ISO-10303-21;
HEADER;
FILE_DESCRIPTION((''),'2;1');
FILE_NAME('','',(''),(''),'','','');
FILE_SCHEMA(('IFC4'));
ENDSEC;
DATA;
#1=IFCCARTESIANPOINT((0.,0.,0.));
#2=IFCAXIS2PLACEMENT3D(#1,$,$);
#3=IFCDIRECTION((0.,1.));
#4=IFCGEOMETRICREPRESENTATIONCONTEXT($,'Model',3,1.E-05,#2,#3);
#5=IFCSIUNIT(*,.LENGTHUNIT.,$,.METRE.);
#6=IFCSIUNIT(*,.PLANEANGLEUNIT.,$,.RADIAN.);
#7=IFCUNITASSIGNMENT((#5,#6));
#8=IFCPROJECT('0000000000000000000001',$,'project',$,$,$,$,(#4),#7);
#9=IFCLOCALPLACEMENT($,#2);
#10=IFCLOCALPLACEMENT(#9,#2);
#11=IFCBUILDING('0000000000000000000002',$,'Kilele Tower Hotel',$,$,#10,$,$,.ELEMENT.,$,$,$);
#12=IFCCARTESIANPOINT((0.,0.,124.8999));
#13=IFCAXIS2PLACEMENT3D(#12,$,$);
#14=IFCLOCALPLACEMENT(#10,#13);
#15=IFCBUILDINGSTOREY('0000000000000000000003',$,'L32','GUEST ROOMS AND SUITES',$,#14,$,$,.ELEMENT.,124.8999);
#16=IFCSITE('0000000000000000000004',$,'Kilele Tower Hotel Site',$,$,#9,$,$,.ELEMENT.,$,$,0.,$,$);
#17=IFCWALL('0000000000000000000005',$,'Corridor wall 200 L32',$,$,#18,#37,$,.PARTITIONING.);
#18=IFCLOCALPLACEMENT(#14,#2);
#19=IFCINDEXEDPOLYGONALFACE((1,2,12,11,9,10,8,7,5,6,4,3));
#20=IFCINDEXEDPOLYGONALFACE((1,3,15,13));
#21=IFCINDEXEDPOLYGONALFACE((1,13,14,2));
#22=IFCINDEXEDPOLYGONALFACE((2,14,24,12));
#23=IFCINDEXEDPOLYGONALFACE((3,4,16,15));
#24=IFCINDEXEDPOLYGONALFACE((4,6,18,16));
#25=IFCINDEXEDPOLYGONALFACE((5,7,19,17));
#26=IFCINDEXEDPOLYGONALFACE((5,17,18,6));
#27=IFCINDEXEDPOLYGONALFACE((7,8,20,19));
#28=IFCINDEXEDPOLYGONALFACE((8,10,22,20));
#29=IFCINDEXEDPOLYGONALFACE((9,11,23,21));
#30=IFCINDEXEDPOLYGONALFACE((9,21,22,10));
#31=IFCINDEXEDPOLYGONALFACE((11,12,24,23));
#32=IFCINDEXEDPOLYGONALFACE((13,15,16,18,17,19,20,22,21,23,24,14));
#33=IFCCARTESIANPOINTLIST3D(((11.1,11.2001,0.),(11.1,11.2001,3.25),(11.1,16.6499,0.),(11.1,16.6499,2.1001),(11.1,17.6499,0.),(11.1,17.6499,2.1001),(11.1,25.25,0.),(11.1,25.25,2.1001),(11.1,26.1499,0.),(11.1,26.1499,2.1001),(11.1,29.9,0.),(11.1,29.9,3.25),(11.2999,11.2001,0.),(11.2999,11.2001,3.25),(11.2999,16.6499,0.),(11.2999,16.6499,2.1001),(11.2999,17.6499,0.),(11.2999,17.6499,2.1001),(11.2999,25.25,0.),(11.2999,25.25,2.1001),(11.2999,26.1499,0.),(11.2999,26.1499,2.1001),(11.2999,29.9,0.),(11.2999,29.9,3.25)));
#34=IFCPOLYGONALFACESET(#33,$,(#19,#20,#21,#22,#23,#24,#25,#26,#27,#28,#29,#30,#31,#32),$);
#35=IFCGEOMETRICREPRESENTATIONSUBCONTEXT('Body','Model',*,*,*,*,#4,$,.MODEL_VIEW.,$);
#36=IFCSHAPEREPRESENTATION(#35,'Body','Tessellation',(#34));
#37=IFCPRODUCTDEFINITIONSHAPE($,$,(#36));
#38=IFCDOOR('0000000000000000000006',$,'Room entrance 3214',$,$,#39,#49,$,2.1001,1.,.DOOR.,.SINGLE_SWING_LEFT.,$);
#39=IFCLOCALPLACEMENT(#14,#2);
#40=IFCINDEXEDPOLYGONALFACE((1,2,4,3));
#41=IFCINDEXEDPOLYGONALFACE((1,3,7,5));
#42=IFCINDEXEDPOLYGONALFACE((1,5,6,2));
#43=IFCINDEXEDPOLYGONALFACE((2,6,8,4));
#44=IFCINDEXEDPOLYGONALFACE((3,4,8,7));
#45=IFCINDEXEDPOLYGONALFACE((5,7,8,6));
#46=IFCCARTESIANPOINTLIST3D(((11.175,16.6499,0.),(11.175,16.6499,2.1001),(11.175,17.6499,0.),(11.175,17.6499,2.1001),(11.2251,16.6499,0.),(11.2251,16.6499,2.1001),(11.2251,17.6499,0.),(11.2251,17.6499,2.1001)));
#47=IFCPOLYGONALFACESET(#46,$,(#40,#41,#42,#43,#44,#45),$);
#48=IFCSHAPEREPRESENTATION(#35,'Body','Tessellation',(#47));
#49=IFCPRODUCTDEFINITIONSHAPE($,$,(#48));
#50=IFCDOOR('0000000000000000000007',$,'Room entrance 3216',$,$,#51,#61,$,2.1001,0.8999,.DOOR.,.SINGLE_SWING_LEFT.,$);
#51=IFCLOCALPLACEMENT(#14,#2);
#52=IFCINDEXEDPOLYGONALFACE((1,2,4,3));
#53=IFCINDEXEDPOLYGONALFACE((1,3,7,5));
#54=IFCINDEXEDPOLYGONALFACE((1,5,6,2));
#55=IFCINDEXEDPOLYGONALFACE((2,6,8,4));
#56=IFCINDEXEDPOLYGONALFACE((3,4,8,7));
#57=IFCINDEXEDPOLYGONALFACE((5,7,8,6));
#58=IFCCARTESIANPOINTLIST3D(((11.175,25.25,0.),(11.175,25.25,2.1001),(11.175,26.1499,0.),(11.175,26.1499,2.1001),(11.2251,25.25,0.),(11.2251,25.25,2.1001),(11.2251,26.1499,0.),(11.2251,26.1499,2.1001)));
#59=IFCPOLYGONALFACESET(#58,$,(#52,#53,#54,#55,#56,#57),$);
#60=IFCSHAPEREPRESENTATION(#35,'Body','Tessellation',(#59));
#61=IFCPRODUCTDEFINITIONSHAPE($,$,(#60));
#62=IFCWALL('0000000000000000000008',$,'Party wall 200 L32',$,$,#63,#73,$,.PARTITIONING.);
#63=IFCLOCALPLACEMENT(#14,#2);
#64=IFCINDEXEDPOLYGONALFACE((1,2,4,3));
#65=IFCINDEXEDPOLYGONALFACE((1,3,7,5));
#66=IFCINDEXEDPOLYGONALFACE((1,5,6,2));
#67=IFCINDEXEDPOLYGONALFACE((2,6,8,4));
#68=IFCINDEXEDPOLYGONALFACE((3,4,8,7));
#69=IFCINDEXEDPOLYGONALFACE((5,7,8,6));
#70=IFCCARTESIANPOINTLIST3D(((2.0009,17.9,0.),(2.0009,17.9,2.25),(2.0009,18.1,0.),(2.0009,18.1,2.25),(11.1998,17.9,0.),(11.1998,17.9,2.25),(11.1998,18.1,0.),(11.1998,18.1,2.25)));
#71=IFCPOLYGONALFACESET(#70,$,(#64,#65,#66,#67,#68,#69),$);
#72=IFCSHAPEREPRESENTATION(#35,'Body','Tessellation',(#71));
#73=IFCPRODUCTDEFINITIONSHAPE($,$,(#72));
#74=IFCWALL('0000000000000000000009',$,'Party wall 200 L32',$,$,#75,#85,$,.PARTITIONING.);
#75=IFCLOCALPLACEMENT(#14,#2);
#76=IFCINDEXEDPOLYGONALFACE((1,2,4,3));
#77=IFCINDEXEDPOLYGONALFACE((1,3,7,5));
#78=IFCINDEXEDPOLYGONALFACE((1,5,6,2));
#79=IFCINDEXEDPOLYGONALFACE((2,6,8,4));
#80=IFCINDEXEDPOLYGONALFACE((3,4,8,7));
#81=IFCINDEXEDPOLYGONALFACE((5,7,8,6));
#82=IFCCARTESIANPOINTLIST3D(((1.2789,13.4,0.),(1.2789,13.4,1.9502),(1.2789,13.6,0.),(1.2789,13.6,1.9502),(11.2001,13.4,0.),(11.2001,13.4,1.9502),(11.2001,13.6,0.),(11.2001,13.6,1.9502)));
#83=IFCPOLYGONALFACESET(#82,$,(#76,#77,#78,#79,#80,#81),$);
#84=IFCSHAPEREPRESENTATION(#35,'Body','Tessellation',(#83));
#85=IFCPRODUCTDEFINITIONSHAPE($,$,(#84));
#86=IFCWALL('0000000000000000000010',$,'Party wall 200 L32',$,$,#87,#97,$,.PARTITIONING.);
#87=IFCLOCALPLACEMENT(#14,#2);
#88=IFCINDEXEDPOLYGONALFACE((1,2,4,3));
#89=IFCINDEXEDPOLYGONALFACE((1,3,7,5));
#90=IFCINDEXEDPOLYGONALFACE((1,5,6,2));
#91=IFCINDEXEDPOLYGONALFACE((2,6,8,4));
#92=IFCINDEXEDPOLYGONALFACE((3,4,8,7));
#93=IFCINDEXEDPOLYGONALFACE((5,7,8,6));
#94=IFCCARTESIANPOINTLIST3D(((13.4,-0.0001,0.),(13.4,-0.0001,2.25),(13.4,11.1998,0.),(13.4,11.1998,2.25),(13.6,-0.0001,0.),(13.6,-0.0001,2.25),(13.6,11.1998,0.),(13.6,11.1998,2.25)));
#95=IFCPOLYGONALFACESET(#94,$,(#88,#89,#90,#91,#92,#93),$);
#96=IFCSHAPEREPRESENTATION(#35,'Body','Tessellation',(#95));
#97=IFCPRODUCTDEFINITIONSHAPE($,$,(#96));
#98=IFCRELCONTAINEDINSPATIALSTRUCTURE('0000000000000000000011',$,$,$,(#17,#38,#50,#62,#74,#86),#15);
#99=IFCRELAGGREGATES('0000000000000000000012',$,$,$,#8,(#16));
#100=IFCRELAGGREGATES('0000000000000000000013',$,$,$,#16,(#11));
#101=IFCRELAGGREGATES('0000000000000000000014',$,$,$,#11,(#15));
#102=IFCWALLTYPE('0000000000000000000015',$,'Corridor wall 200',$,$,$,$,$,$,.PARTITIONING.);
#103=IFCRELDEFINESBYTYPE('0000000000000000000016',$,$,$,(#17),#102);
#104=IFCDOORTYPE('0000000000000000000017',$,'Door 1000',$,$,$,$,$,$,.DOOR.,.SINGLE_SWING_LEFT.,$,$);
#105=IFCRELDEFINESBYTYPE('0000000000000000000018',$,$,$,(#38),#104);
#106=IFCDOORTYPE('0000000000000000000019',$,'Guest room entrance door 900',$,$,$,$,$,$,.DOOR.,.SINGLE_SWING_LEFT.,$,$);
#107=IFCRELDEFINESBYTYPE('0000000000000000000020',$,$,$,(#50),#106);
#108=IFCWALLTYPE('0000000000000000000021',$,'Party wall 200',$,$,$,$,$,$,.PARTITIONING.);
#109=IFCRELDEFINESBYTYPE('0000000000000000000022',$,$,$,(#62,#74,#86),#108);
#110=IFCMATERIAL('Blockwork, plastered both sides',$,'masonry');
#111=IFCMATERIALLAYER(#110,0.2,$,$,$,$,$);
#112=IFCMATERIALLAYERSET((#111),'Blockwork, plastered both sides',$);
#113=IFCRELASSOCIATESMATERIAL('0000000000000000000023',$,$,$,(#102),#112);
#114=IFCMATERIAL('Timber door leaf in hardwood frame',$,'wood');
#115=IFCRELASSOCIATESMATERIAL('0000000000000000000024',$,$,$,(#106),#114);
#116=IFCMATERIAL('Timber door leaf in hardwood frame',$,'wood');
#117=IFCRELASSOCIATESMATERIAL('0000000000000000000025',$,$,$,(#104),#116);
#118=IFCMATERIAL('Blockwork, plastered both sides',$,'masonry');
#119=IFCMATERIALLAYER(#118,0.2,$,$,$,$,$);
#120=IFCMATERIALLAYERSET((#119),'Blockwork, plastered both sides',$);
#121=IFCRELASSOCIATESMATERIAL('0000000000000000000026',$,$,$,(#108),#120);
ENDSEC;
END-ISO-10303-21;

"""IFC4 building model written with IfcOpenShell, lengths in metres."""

from ifc_helpers import new_model, si_unit, direction, frame, frame_2d, origin, place, context, subcontext, project, spatial, rectangle, extrude, material, layer, layer_set, type_object, element, fill, save


model = new_model("IFC4")

# Units and contexts
model_context = context("Model", 3, precision=1e-05, world=origin(), true_north=direction((0.0, 1.0)))
body_context = subcontext(model_context, "Body", "Model", "MODEL_VIEW")
ifc_project = project(units=[si_unit("LENGTHUNIT", "METRE"), si_unit("PLANEANGLEUNIT", "RADIAN")], contexts=[model_context])

# Site, building, storey
site_placement = place(None, origin())
site = spatial("IfcSite", under=ifc_project, at=site_placement, Name="Kilele Tower Hotel Site", CompositionType="ELEMENT", RefElevation=0.0)
building_placement = place(site_placement, origin())
building = spatial("IfcBuilding", under=site, at=building_placement, Name="Kilele Tower Hotel", CompositionType="ELEMENT")
storey_placement = place(building_placement, frame((0.0, 0.0, 124.8999)))
storey = spatial("IfcBuildingStorey", under=building, at=storey_placement, Name="L32", Description="GUEST ROOMS AND SUITES", CompositionType="ELEMENT", Elevation=124.8999)

# Wall, openings, doors
ifc_material_1 = material(Name="Blockwork, plastered both sides", Category="masonry")
ifc_layer_1 = layer(ifc_material_1, 0.2)
ifc_layer_set_1 = layer_set([ifc_layer_1], Name="Blockwork, plastered both sides")
wall_type_1 = type_object("IfcWallType", Name="Corridor wall 200", PredefinedType="PARTITIONING", material=ifc_layer_set_1)
ifc_material_2 = material(Name="Timber door leaf in hardwood frame", Category="wood")
door_type_1 = type_object("IfcDoorType", Name="Guest room entrance door 900", OperationType="SINGLE_SWING_LEFT", PredefinedType="DOOR", material=ifc_material_2)
wall_1_placement = place(storey_placement, frame((11.2, 11.2, 0.0), z_axis=(0.0, 0.0, 1.0), x_axis=(0.0, 1.0, 0.0)))
wall_1 = element("IfcWall", 1, at=wall_1_placement, inside=storey, type_object=wall_type_1, Name="Corridor wall 200 L32", PredefinedType="PARTITIONING", context=body_context, shape_type="SweptSolid", body=[
    extrude(rectangle(XDim=18.7, YDim=0.2, at=frame_2d((9.3501, 0.0))), origin(), (0.0, 0.0, 1.0), 3.25),
])
opening_1_placement = place(wall_1_placement, frame((5.45, 0.0, 0.0)))
opening_1 = element("IfcOpeningElement", 2, at=opening_1_placement, cuts=wall_1, PredefinedType="OPENING", context=body_context, shape_type="SweptSolid", body=[
    extrude(rectangle(XDim=1.0, YDim=2.1001, at=frame_2d((0.5, 1.05))), frame((0.0, 0.1099, 0.0), z_axis=(0.0, -1.0, 0.0), x_axis=(1.0, 0.0, 0.0)), (0.0, 0.0, 1.0), 0.22),
])
opening_2_placement = place(wall_1_placement, frame((14.05, 0.0, 0.0)))
opening_2 = element("IfcOpeningElement", 3, at=opening_2_placement, cuts=wall_1, PredefinedType="OPENING", context=body_context, shape_type="SweptSolid", body=[
    extrude(rectangle(XDim=0.8999, YDim=2.1001, at=frame_2d((0.45, 1.05))), frame((0.0, 0.1099, 0.0), z_axis=(0.0, -1.0, 0.0), x_axis=(1.0, 0.0, 0.0)), (0.0, 0.0, 1.0), 0.22),
])
ifc_material_3 = material(Name="Timber door leaf in hardwood frame", Category="wood")
door_type_2 = type_object("IfcDoorType", Name="Door 1000", OperationType="SINGLE_SWING_LEFT", PredefinedType="DOOR", material=ifc_material_3)
door_1_placement = place(opening_1_placement, origin())
door_1 = element("IfcDoor", 4, at=door_1_placement, inside=storey, type_object=door_type_2, Name="Room entrance 3214", OperationType="SINGLE_SWING_LEFT", OverallHeight=2.1001, OverallWidth=1.0, PredefinedType="DOOR", context=body_context, shape_type="SweptSolid", body=[
    extrude(rectangle(XDim=1.0, YDim=2.1001, at=frame_2d((0.5, 1.05))), frame((0.0, 0.0249, 0.0), z_axis=(0.0, -1.0, 0.0), x_axis=(1.0, 0.0, 0.0)), (0.0, 0.0, 1.0), 0.05),
])
fill(opening_1, door_1)
door_2_placement = place(opening_2_placement, origin())
door_2 = element("IfcDoor", 5, at=door_2_placement, inside=storey, type_object=door_type_1, Name="Room entrance 3216", OperationType="SINGLE_SWING_LEFT", OverallHeight=2.1001, OverallWidth=0.8999, PredefinedType="DOOR", context=body_context, shape_type="SweptSolid", body=[
    extrude(rectangle(XDim=0.8999, YDim=2.1001, at=frame_2d((0.45, 1.05))), frame((0.0, 0.0249, 0.0), z_axis=(0.0, -1.0, 0.0), x_axis=(1.0, 0.0, 0.0)), (0.0, 0.0, 1.0), 0.05),
])
fill(opening_2, door_2)

# Walls
ifc_material_4 = material(Name="Blockwork, plastered both sides", Category="masonry")
ifc_layer_2 = layer(ifc_material_4, 0.2)
ifc_layer_set_2 = layer_set([ifc_layer_2], Name="Blockwork, plastered both sides")
wall_type_2 = type_object("IfcWallType", Name="Party wall 200", PredefinedType="PARTITIONING", material=ifc_layer_set_2)
wall_2_placement = place(storey_placement, frame((11.2, 18.0, 0.0), z_axis=(0.0, 0.0, 1.0), x_axis=(-1.0, 0.0, 0.0)))
element("IfcWall", 6, at=wall_2_placement, inside=storey, type_object=wall_type_2, Name="Party wall 200 L32", PredefinedType="PARTITIONING", context=body_context, shape_type="SweptSolid", body=[
    extrude(rectangle(XDim=9.199, YDim=0.2, at=frame_2d((4.5996, 0.0))), origin(), (0.0, 0.0, 1.0), 2.25),
])
wall_3_placement = place(storey_placement, frame((11.2, 13.5, 0.0), z_axis=(0.0, 0.0, 1.0), x_axis=(-1.0, 0.0, 0.0)))
element("IfcWall", 7, at=wall_3_placement, inside=storey, type_object=wall_type_2, Name="Party wall 200 L32", PredefinedType="PARTITIONING", context=body_context, shape_type="SweptSolid", body=[
    extrude(rectangle(XDim=9.9211, YDim=0.2, at=frame_2d((4.9604, 0.0))), origin(), (0.0, 0.0, 1.0), 1.9502),
])
wall_4_placement = place(storey_placement, frame((13.5, 11.2, 0.0), z_axis=(0.0, 0.0, 1.0), x_axis=(0.0, -1.0, 0.0)))
element("IfcWall", 8, at=wall_4_placement, inside=storey, type_object=wall_type_2, Name="Party wall 200 L32", PredefinedType="PARTITIONING", context=body_context, shape_type="SweptSolid", body=[
    extrude(rectangle(XDim=11.2, YDim=0.2, at=frame_2d((5.6001, 0.0))), origin(), (0.0, 0.0, 1.0), 2.25),
])

save(model, "model.ifc")
